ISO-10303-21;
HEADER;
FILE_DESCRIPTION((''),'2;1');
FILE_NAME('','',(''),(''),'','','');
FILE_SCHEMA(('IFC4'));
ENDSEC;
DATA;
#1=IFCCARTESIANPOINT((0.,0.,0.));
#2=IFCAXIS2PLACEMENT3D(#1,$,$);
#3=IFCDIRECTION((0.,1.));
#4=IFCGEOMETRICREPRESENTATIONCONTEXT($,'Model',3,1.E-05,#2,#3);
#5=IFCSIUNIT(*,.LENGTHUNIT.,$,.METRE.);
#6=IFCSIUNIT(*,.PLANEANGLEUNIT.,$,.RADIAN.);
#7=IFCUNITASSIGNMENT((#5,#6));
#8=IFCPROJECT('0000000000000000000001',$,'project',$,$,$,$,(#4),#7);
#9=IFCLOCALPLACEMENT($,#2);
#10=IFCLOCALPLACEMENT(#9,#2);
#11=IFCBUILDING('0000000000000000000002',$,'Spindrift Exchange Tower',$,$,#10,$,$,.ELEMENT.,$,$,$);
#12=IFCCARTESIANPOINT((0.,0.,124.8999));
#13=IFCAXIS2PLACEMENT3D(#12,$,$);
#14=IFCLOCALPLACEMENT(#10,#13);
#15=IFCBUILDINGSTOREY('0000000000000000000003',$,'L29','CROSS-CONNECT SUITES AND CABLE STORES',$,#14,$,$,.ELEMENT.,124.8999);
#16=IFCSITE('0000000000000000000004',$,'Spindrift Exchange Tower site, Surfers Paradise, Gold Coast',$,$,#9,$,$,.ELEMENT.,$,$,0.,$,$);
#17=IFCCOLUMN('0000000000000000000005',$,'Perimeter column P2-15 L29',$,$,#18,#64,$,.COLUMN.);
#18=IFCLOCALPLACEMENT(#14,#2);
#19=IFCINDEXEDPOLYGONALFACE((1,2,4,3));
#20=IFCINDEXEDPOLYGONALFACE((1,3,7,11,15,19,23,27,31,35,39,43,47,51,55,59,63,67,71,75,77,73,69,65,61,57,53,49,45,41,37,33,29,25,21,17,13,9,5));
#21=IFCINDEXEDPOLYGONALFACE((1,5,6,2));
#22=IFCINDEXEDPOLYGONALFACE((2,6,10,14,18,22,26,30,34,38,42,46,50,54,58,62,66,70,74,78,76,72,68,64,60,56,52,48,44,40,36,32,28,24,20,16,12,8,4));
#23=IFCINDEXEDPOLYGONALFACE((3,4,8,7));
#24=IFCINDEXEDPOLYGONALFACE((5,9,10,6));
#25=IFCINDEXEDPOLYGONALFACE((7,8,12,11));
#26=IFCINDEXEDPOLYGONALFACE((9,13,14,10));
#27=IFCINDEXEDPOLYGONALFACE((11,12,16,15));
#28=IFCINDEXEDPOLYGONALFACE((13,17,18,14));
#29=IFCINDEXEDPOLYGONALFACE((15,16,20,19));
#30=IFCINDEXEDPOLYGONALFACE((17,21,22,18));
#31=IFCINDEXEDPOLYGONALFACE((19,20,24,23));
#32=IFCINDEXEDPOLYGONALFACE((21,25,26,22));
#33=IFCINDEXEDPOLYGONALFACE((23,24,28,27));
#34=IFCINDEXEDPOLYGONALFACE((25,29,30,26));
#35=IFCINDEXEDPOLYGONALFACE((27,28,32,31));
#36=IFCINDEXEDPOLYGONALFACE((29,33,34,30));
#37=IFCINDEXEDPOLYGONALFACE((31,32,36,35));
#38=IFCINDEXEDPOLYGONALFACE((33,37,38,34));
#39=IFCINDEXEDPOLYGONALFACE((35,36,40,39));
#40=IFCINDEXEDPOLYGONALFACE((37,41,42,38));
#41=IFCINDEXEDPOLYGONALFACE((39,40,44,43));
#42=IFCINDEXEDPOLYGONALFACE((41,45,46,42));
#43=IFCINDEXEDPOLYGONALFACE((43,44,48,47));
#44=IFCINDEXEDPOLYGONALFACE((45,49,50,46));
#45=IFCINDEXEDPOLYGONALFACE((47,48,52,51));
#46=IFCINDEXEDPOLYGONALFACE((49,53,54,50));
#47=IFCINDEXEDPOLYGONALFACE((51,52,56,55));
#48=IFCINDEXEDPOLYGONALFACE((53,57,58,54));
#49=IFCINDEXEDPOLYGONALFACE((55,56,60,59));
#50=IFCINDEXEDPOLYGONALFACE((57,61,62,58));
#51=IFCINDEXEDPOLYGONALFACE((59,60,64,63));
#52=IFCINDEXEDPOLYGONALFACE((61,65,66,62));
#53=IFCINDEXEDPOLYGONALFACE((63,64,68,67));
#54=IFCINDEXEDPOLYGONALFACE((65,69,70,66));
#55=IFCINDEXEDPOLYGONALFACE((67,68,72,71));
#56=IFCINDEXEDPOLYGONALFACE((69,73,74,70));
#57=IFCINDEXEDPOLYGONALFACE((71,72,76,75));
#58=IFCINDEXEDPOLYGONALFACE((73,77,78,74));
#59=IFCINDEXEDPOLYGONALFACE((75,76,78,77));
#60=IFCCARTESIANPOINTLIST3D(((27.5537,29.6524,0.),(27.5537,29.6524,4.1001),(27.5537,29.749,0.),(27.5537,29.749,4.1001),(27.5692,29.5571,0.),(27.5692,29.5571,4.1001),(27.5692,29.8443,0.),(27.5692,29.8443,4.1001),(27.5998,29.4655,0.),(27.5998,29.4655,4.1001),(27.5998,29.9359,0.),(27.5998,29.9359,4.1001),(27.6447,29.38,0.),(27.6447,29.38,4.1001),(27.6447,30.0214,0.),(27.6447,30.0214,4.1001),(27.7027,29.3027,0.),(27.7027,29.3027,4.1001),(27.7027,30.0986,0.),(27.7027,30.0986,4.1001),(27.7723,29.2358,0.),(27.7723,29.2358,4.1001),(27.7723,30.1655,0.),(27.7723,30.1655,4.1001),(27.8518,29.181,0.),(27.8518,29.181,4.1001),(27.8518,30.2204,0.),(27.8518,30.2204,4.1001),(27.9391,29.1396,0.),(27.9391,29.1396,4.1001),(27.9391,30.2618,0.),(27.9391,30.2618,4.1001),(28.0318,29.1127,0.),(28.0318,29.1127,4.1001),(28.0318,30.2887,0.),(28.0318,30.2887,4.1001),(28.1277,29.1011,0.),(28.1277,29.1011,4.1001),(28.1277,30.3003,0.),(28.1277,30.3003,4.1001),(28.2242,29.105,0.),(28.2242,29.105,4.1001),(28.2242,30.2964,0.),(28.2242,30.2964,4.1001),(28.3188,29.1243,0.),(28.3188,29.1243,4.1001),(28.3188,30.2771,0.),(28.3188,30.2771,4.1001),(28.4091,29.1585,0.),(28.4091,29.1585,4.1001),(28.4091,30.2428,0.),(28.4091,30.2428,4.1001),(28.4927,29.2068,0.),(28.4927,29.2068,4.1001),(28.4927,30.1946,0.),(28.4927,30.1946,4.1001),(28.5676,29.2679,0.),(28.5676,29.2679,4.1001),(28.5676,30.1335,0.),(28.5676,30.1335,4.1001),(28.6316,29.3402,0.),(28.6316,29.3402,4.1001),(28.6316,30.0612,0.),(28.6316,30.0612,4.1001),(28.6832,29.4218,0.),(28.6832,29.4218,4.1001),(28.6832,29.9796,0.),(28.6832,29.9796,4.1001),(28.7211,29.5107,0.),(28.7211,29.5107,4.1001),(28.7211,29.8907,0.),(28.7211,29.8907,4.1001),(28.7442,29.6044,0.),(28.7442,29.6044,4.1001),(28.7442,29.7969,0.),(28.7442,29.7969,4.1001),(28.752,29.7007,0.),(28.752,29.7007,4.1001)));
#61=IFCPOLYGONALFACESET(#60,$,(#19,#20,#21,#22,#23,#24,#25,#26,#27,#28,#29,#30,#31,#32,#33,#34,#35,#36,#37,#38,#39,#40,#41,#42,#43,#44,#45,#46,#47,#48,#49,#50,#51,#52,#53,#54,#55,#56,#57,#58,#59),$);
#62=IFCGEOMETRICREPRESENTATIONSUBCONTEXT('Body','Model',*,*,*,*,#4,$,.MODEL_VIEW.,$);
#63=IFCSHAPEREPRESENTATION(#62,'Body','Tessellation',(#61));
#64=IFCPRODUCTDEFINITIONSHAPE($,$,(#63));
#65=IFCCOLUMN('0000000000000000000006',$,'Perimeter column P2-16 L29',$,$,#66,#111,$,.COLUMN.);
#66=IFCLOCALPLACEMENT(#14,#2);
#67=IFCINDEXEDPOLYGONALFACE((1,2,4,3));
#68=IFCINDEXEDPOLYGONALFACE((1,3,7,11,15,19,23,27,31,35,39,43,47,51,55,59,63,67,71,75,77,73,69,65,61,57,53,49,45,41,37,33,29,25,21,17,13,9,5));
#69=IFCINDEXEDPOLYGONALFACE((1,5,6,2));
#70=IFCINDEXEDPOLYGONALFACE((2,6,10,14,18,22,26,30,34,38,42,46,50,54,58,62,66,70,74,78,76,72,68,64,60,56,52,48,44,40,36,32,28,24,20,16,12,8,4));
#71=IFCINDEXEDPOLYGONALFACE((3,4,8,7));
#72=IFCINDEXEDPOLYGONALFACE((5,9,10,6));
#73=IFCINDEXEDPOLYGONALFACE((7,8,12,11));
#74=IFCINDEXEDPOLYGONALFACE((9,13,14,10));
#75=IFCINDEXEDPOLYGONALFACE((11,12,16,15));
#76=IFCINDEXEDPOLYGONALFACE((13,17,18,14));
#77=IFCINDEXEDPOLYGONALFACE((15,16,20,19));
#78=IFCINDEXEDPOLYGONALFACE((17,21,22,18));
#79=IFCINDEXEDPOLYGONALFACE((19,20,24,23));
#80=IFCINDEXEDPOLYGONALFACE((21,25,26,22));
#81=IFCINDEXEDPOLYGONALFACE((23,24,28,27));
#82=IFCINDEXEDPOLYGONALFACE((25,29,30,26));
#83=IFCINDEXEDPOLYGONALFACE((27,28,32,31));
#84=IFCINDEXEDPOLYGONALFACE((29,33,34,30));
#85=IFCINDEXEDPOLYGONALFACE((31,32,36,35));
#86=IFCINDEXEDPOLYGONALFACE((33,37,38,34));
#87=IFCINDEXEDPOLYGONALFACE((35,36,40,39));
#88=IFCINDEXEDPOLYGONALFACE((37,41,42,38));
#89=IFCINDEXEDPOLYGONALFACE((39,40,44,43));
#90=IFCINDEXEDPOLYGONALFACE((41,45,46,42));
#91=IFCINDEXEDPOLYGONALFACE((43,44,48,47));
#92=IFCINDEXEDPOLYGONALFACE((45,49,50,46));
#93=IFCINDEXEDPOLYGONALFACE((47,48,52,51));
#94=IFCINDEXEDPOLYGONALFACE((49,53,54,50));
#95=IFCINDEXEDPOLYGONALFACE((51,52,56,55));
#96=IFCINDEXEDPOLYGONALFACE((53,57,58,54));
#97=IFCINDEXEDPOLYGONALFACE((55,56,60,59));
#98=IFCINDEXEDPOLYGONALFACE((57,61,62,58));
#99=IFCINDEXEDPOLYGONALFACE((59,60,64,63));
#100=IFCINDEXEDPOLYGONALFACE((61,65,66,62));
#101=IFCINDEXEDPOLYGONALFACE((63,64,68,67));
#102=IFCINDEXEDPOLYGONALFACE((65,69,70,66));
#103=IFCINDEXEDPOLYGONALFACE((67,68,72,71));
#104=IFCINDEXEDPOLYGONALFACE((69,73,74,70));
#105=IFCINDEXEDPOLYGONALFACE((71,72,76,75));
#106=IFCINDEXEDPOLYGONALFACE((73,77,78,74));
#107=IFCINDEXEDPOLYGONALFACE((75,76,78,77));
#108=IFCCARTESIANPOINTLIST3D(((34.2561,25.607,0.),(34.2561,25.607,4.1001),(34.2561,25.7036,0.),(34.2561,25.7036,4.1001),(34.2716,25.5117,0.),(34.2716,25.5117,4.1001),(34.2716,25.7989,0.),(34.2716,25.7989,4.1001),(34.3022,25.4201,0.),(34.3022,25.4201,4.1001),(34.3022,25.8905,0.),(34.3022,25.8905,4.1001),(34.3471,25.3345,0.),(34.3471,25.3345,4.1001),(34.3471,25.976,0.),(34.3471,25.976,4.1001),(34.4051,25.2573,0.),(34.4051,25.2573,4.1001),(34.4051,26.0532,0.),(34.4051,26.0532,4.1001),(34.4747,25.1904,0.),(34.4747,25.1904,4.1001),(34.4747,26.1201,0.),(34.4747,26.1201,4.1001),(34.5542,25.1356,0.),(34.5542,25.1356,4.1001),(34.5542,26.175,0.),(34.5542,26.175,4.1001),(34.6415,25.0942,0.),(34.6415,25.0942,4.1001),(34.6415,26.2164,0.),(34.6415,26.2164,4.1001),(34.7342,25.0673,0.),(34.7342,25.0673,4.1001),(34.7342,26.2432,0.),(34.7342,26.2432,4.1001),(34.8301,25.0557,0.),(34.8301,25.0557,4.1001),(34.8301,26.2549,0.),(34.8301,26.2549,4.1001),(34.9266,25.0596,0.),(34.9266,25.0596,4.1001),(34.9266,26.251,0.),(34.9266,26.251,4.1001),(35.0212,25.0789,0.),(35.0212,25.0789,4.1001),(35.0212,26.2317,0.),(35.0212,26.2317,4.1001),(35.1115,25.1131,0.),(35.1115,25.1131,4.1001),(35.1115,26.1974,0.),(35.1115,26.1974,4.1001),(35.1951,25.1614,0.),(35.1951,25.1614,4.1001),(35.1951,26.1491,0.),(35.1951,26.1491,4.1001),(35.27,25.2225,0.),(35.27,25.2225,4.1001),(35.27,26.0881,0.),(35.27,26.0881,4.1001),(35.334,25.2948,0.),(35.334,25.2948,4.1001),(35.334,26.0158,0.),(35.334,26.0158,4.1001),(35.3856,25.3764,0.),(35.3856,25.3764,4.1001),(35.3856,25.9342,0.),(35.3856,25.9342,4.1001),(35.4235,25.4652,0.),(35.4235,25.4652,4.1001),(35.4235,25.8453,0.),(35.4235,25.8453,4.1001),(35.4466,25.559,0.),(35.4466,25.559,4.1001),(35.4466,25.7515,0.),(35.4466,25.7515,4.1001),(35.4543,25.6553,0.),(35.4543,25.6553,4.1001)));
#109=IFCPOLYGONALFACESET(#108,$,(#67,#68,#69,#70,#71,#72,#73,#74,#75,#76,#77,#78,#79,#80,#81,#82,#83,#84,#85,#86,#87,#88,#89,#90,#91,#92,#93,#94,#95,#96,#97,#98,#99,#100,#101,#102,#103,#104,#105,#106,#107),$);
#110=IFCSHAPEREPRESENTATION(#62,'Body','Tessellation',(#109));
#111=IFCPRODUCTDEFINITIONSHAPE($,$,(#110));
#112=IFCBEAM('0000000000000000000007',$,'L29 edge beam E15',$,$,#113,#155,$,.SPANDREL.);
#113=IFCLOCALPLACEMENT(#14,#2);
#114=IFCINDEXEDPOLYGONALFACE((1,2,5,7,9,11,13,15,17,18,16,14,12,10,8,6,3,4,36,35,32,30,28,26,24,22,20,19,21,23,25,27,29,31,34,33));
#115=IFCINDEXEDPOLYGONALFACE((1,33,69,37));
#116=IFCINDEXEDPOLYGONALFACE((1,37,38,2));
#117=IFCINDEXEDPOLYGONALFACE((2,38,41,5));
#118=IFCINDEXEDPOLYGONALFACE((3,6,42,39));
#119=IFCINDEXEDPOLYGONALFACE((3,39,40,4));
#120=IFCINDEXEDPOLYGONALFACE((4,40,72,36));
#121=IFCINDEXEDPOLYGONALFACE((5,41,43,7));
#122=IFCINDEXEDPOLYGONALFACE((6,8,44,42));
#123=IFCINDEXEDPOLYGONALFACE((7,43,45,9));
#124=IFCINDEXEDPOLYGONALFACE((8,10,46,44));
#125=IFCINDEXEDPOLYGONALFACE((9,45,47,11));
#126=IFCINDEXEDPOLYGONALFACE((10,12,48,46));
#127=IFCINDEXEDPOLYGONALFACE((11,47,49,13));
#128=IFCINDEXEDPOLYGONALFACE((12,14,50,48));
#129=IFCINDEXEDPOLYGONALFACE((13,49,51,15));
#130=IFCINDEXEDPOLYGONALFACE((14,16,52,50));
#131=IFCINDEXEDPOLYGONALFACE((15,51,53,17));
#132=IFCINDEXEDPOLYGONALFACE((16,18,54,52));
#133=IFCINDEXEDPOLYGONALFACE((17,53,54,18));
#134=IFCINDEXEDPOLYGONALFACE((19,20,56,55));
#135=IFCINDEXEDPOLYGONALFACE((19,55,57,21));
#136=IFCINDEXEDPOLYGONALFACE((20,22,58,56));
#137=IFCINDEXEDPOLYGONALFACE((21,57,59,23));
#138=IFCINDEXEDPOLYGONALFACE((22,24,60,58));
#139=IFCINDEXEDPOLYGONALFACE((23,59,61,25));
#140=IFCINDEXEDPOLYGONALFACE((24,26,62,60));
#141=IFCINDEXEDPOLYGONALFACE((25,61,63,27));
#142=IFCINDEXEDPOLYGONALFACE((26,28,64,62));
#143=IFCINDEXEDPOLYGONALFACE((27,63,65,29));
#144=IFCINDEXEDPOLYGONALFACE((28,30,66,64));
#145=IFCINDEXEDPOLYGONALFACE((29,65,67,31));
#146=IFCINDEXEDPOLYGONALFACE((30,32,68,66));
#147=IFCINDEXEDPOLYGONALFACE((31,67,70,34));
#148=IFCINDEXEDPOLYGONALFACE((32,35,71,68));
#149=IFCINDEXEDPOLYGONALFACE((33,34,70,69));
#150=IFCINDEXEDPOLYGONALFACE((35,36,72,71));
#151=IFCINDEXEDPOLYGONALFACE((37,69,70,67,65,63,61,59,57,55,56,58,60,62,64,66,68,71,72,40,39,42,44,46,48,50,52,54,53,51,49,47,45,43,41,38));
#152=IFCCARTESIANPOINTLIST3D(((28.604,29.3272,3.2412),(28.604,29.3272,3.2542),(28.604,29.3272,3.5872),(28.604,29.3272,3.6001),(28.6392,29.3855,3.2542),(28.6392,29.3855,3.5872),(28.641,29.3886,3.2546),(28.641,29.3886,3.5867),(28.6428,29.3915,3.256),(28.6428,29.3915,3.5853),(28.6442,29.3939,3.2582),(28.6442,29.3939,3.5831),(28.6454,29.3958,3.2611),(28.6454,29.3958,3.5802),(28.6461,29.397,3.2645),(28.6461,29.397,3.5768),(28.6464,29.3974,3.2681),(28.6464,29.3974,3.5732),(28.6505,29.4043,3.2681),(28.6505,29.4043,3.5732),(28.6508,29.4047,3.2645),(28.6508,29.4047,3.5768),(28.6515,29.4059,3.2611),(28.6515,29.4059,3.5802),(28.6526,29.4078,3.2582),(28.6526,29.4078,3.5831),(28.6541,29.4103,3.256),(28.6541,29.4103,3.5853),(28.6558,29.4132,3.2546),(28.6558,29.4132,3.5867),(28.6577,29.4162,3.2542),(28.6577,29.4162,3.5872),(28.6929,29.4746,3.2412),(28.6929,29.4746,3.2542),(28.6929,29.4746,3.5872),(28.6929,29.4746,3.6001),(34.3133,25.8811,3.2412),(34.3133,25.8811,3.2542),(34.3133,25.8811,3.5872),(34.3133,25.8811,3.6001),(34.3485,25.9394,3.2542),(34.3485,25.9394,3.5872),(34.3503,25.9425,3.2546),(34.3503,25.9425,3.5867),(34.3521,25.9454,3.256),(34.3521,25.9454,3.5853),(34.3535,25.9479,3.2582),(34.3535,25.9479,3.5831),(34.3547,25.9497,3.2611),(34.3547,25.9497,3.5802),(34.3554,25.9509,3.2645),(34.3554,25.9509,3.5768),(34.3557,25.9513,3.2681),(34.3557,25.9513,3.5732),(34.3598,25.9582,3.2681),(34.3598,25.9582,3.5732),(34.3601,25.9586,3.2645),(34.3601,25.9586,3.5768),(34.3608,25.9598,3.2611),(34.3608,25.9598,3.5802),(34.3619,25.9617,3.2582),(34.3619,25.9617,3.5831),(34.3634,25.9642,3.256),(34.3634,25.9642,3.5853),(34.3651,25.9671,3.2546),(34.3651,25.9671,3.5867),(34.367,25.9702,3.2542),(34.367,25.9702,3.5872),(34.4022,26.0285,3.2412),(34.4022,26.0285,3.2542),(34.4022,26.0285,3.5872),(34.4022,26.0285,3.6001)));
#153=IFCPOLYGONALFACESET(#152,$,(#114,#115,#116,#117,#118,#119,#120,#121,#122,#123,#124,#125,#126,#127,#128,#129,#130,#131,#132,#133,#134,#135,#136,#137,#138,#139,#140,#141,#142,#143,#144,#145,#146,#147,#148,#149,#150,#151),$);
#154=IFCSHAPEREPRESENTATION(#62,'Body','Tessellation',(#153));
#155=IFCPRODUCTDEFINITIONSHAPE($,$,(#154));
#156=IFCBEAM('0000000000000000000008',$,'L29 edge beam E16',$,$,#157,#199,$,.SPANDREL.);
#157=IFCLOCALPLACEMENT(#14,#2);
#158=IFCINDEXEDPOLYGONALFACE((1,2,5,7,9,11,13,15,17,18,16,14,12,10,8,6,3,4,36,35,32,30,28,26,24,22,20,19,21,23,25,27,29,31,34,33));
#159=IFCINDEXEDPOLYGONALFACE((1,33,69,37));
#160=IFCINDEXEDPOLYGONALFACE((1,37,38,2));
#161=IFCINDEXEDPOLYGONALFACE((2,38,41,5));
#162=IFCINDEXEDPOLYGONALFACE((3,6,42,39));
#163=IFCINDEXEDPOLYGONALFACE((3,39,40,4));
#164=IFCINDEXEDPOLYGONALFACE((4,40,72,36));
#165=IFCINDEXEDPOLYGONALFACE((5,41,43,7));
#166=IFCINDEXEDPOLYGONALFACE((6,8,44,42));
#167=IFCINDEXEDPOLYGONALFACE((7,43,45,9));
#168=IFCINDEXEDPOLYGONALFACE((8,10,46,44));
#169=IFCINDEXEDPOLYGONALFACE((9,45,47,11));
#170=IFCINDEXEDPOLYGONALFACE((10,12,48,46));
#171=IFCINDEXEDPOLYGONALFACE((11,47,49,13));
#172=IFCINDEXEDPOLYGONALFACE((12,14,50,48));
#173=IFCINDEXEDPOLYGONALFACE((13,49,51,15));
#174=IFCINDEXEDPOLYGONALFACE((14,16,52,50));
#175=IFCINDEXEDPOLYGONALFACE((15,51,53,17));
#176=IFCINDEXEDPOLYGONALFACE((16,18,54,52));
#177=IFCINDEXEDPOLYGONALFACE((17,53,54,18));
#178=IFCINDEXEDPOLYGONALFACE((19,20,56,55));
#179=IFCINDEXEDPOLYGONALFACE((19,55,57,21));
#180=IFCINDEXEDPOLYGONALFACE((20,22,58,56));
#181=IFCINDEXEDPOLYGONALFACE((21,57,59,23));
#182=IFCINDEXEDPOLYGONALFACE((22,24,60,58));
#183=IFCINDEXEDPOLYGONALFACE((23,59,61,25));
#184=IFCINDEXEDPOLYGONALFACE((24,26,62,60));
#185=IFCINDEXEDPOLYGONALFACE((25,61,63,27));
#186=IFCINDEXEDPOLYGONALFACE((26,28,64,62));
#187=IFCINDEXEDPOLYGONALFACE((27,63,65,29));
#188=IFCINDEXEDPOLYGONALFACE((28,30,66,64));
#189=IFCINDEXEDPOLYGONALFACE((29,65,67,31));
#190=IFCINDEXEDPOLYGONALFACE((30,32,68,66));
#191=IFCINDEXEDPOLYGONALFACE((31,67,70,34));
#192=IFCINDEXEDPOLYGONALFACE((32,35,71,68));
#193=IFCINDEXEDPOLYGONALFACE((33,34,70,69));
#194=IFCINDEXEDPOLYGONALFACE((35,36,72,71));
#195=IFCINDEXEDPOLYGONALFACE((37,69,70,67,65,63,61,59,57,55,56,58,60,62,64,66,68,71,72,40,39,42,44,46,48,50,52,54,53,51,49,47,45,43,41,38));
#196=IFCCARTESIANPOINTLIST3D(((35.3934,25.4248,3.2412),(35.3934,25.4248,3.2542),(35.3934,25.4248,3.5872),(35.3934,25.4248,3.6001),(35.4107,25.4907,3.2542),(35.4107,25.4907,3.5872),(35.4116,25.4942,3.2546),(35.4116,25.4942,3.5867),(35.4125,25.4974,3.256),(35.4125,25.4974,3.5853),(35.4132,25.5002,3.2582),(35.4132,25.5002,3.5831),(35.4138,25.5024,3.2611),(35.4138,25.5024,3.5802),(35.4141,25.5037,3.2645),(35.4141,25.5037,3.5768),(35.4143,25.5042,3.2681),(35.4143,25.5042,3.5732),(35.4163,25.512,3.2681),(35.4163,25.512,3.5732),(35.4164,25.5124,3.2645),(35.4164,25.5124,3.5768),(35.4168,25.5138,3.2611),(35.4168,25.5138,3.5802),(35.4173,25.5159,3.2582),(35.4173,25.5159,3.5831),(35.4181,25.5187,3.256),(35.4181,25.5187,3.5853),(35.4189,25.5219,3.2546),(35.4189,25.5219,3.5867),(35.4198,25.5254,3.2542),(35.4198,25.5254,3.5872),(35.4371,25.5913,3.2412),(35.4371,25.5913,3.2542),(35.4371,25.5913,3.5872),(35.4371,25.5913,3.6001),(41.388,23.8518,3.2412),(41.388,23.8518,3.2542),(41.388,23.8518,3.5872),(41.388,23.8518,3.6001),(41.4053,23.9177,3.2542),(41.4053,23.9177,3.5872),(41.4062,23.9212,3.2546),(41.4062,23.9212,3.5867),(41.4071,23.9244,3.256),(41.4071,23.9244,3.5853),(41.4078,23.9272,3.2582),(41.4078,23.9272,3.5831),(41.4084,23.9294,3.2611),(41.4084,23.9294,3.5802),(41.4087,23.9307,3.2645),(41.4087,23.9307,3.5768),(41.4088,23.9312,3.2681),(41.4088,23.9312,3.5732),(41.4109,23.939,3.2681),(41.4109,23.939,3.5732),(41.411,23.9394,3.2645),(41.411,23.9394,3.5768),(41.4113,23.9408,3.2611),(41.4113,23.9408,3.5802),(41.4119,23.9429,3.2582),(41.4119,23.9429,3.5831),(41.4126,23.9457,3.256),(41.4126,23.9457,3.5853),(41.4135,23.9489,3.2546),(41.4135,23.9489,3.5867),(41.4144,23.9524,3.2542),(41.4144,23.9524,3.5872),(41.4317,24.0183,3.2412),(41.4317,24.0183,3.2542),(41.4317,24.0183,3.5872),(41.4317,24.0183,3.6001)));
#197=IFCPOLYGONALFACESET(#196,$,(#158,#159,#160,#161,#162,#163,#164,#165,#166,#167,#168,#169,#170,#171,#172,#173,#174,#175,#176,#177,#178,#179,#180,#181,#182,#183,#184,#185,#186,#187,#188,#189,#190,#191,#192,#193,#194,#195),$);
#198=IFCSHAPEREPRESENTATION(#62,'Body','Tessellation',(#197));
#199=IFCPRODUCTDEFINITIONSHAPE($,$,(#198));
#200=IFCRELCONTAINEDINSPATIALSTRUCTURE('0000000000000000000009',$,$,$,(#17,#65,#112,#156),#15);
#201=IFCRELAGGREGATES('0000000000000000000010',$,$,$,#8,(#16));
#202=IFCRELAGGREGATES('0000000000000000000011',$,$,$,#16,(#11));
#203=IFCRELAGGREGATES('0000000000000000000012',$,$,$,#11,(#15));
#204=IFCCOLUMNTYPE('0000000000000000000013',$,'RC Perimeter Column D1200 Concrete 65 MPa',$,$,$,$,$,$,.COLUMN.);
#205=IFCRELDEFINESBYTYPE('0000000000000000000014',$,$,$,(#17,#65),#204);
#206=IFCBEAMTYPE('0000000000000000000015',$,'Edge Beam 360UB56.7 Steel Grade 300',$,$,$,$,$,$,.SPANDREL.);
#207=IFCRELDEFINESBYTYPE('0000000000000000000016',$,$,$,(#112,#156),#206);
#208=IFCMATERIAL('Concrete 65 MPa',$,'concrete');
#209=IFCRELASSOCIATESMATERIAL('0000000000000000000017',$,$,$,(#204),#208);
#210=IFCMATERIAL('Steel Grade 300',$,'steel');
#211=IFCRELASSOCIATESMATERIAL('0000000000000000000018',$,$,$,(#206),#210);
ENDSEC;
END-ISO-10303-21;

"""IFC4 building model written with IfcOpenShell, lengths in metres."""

from ifc_helpers import new_model, si_unit, direction, frame, origin, origin_2d, place, context, subcontext, project, spatial, circle, i_section, extrude, source, transform, mapped, material, material_profile, profile_set, type_object, element, save


model = new_model("IFC4")

# Units and contexts
model_context = context("Model", 3, precision=1e-05, world=origin(), true_north=direction((0.0, 1.0)))
body_context = subcontext(model_context, "Body", "Model", "MODEL_VIEW")
ifc_project = project(units=[si_unit("LENGTHUNIT", "METRE"), si_unit("PLANEANGLEUNIT", "RADIAN")], contexts=[model_context])

# Site, building, storey
site_placement = place(None, origin())
site = spatial("IfcSite", under=ifc_project, at=site_placement, Name="Spindrift Exchange Tower site, Surfers Paradise, Gold Coast", CompositionType="ELEMENT", RefElevation=0.0)
building_placement = place(site_placement, origin())
building = spatial("IfcBuilding", under=site, at=building_placement, Name="Spindrift Exchange Tower", CompositionType="ELEMENT")
storey_placement = place(building_placement, frame((0.0, 0.0, 124.8999)))
storey = spatial("IfcBuildingStorey", under=building, at=storey_placement, Name="L29", Description="CROSS-CONNECT SUITES AND CABLE STORES", CompositionType="ELEMENT", Elevation=124.8999)

# Columns
ifc_material_1 = material(Name="Concrete 65 MPa", Category="concrete")
ifc_material_profile_1 = material_profile(ifc_material_1, circle(Radius=0.6001, at=origin_2d()), Name="RC D1200")
ifc_profile_set_1 = profile_set([ifc_material_profile_1], Name="Concrete 65 MPa")
column_type = type_object("IfcColumnType", Name="RC Perimeter Column D1200 Concrete 65 MPa", PredefinedType="COLUMN", material=ifc_profile_set_1)
shared_shape_1 = source(origin(), body_context, "Body", "SweptSolid", [
    extrude(circle(Radius=0.6001, at=origin_2d()), origin(), (0.0, 0.0, 1.0), 4.1001),
])
for number, where, z_axis, x_axis, name in (
    (1, (28.1519, 29.7007, 0.0), (0.0, 0.0, 1.0), (1.0, 0.0, 0.0), "Perimeter column P2-15 L29"),
    (2, (34.8542, 25.6553, 0.0), (0.0, 0.0, 1.0), (1.0, 0.0, 0.0), "Perimeter column P2-16 L29"),
):
    element("IfcColumn", number, at=place(storey_placement, frame(where, z_axis=z_axis, x_axis=x_axis)), inside=storey, type_object=column_type, Name=name, PredefinedType="COLUMN", context=body_context, shape_type="MappedRepresentation", body=[
        mapped(shared_shape_1, transform((0.0, 0.0, 0.0), scale=1.0)),
    ])

# Beams
ifc_material_2 = material(Name="Steel Grade 300", Category="steel")
ifc_material_profile_2 = material_profile(ifc_material_2, i_section(OverallWidth=0.1721, OverallDepth=0.3589, WebThickness=0.0081, FlangeThickness=0.0129, FilletRadius=0.0139, at=origin_2d()), Name="360UB56.7")
ifc_profile_set_2 = profile_set([ifc_material_profile_2], Name="Steel Grade 300")
beam_type_1 = type_object("IfcBeamType", Name="Edge Beam 360UB56.7 Steel Grade 300", PredefinedType="SPANDREL", material=ifc_profile_set_2)
shared_shape_2 = source(origin(), body_context, "Body", "SweptSolid", [
    extrude(i_section(OverallWidth=0.1721, OverallDepth=0.3589, WebThickness=0.0081, FlangeThickness=0.0129, FilletRadius=0.0139, at=origin_2d()), origin(), (0.0, 0.0, 1.0), 6.6687),
])
beam_1_placement = place(storey_placement, frame((28.6484, 29.4009, 3.4207), z_axis=(0.856133, -0.516755, 0.0), x_axis=(0.516755, 0.856133, 0.0)))
element("IfcBeam", 3, at=beam_1_placement, inside=storey, type_object=beam_type_1, Name="L29 edge beam E15", PredefinedType="SPANDREL", context=body_context, shape_type="MappedRepresentation", body=[
    mapped(shared_shape_2, transform((0.0, 0.0, 0.0), scale=1.0)),
])
shared_shape_3 = source(origin(), body_context, "Body", "SweptSolid", [
    extrude(i_section(OverallWidth=0.1721, OverallDepth=0.3589, WebThickness=0.0081, FlangeThickness=0.0129, FilletRadius=0.0139, at=origin_2d()), origin(), (0.0, 0.0, 1.0), 6.1975),
])
beam_2_placement = place(storey_placement, frame((35.4153, 25.5081, 3.4207), z_axis=(0.967254, -0.253809, 0.0), x_axis=(0.253809, 0.967254, 0.0)))
element("IfcBeam", 4, at=beam_2_placement, inside=storey, type_object=beam_type_1, Name="L29 edge beam E16", PredefinedType="SPANDREL", context=body_context, shape_type="MappedRepresentation", body=[
    mapped(shared_shape_3, transform((0.0, 0.0, 0.0), scale=1.0)),
])

save(model, "model.ifc")
